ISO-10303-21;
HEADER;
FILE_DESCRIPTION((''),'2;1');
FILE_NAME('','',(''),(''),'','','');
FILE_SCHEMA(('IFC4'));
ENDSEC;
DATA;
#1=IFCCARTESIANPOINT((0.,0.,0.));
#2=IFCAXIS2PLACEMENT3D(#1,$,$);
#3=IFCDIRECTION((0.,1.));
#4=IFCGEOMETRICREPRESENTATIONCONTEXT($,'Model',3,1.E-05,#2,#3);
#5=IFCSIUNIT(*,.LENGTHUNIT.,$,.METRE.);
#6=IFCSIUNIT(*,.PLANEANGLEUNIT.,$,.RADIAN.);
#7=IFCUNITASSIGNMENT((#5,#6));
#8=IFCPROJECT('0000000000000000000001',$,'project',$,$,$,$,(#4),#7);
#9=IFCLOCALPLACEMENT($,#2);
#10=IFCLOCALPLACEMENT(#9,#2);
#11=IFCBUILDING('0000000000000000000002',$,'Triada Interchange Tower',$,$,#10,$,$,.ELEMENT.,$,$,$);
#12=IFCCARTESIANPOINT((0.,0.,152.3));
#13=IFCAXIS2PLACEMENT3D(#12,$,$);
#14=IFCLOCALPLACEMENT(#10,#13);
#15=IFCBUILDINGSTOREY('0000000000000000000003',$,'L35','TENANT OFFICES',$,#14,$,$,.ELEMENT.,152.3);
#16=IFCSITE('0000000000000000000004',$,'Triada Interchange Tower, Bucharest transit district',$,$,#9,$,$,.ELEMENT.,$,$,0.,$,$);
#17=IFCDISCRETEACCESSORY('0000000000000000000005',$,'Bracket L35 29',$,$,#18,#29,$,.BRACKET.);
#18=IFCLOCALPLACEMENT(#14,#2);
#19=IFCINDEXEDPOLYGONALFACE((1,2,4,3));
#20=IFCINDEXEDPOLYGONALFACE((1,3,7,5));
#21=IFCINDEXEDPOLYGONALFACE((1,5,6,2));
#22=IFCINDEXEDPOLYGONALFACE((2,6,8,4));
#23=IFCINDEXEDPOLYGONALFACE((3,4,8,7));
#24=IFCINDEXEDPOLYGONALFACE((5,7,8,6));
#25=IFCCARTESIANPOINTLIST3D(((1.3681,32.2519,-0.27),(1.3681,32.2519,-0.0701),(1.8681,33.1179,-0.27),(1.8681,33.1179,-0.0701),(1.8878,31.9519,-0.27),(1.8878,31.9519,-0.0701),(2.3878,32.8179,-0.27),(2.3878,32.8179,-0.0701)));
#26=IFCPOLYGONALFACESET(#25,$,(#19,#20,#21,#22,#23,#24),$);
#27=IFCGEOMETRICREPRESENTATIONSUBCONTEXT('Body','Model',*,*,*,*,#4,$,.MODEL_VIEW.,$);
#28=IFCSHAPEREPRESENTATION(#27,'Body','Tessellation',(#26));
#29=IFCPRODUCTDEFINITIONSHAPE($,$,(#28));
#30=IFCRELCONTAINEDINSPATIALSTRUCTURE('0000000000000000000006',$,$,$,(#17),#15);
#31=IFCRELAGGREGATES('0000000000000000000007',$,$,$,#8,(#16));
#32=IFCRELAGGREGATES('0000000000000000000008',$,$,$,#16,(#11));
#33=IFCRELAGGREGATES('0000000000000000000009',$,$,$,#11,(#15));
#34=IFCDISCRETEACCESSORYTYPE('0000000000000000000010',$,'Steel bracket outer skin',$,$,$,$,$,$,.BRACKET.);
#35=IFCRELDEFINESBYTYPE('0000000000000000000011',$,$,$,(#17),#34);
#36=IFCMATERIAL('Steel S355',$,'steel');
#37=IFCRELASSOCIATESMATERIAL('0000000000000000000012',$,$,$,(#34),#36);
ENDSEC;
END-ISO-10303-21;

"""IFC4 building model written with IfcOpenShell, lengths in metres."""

from ifc_helpers import new_model, si_unit, direction, frame, origin, origin_2d, place, context, subcontext, project, spatial, rectangle, extrude, material, type_object, element, save


model = new_model("IFC4")

# Units and contexts
model_context = context("Model", 3, precision=1e-05, world=origin(), true_north=direction((0.0, 1.0)))
body_context = subcontext(model_context, "Body", "Model", "MODEL_VIEW")
ifc_project = project(units=[si_unit("LENGTHUNIT", "METRE"), si_unit("PLANEANGLEUNIT", "RADIAN")], contexts=[model_context])

# Site, building, storey
site_placement = place(None, origin())
site = spatial("IfcSite", under=ifc_project, at=site_placement, Name="Triada Interchange Tower, Bucharest transit district", CompositionType="ELEMENT", RefElevation=0.0)
building_placement = place(site_placement, origin())
building = spatial("IfcBuilding", under=site, at=building_placement, Name="Triada Interchange Tower", CompositionType="ELEMENT")
storey_placement = place(building_placement, frame((0.0, 0.0, 152.3)))
storey = spatial("IfcBuildingStorey", under=building, at=storey_placement, Name="L35", Description="TENANT OFFICES", CompositionType="ELEMENT", Elevation=152.3)

# Discrete accessory
ifc_material_1 = material(Name="Steel S355", Category="steel")
discrete_accessory_type = type_object("IfcDiscreteAccessoryType", Name="Steel bracket outer skin", PredefinedType="BRACKET", material=ifc_material_1)
for number, where, z_axis, x_axis, name in (
    (1, (1.8779, 32.5349, -0.27), (0.0, 0.0, 1.0), (-0.866014, 0.500019, 0.0), "Bracket L35 29"),
):
    element("IfcDiscreteAccessory", number, at=place(storey_placement, frame(where, z_axis=z_axis, x_axis=x_axis)), inside=storey, type_object=discrete_accessory_type, Name=name, PredefinedType="BRACKET", context=body_context, shape_type="SweptSolid", body=[
        extrude(rectangle(XDim=0.6001, YDim=1.0, at=origin_2d()), origin(), (0.0, 0.0, 1.0), 0.2),
    ])

save(model, "model.ifc")
